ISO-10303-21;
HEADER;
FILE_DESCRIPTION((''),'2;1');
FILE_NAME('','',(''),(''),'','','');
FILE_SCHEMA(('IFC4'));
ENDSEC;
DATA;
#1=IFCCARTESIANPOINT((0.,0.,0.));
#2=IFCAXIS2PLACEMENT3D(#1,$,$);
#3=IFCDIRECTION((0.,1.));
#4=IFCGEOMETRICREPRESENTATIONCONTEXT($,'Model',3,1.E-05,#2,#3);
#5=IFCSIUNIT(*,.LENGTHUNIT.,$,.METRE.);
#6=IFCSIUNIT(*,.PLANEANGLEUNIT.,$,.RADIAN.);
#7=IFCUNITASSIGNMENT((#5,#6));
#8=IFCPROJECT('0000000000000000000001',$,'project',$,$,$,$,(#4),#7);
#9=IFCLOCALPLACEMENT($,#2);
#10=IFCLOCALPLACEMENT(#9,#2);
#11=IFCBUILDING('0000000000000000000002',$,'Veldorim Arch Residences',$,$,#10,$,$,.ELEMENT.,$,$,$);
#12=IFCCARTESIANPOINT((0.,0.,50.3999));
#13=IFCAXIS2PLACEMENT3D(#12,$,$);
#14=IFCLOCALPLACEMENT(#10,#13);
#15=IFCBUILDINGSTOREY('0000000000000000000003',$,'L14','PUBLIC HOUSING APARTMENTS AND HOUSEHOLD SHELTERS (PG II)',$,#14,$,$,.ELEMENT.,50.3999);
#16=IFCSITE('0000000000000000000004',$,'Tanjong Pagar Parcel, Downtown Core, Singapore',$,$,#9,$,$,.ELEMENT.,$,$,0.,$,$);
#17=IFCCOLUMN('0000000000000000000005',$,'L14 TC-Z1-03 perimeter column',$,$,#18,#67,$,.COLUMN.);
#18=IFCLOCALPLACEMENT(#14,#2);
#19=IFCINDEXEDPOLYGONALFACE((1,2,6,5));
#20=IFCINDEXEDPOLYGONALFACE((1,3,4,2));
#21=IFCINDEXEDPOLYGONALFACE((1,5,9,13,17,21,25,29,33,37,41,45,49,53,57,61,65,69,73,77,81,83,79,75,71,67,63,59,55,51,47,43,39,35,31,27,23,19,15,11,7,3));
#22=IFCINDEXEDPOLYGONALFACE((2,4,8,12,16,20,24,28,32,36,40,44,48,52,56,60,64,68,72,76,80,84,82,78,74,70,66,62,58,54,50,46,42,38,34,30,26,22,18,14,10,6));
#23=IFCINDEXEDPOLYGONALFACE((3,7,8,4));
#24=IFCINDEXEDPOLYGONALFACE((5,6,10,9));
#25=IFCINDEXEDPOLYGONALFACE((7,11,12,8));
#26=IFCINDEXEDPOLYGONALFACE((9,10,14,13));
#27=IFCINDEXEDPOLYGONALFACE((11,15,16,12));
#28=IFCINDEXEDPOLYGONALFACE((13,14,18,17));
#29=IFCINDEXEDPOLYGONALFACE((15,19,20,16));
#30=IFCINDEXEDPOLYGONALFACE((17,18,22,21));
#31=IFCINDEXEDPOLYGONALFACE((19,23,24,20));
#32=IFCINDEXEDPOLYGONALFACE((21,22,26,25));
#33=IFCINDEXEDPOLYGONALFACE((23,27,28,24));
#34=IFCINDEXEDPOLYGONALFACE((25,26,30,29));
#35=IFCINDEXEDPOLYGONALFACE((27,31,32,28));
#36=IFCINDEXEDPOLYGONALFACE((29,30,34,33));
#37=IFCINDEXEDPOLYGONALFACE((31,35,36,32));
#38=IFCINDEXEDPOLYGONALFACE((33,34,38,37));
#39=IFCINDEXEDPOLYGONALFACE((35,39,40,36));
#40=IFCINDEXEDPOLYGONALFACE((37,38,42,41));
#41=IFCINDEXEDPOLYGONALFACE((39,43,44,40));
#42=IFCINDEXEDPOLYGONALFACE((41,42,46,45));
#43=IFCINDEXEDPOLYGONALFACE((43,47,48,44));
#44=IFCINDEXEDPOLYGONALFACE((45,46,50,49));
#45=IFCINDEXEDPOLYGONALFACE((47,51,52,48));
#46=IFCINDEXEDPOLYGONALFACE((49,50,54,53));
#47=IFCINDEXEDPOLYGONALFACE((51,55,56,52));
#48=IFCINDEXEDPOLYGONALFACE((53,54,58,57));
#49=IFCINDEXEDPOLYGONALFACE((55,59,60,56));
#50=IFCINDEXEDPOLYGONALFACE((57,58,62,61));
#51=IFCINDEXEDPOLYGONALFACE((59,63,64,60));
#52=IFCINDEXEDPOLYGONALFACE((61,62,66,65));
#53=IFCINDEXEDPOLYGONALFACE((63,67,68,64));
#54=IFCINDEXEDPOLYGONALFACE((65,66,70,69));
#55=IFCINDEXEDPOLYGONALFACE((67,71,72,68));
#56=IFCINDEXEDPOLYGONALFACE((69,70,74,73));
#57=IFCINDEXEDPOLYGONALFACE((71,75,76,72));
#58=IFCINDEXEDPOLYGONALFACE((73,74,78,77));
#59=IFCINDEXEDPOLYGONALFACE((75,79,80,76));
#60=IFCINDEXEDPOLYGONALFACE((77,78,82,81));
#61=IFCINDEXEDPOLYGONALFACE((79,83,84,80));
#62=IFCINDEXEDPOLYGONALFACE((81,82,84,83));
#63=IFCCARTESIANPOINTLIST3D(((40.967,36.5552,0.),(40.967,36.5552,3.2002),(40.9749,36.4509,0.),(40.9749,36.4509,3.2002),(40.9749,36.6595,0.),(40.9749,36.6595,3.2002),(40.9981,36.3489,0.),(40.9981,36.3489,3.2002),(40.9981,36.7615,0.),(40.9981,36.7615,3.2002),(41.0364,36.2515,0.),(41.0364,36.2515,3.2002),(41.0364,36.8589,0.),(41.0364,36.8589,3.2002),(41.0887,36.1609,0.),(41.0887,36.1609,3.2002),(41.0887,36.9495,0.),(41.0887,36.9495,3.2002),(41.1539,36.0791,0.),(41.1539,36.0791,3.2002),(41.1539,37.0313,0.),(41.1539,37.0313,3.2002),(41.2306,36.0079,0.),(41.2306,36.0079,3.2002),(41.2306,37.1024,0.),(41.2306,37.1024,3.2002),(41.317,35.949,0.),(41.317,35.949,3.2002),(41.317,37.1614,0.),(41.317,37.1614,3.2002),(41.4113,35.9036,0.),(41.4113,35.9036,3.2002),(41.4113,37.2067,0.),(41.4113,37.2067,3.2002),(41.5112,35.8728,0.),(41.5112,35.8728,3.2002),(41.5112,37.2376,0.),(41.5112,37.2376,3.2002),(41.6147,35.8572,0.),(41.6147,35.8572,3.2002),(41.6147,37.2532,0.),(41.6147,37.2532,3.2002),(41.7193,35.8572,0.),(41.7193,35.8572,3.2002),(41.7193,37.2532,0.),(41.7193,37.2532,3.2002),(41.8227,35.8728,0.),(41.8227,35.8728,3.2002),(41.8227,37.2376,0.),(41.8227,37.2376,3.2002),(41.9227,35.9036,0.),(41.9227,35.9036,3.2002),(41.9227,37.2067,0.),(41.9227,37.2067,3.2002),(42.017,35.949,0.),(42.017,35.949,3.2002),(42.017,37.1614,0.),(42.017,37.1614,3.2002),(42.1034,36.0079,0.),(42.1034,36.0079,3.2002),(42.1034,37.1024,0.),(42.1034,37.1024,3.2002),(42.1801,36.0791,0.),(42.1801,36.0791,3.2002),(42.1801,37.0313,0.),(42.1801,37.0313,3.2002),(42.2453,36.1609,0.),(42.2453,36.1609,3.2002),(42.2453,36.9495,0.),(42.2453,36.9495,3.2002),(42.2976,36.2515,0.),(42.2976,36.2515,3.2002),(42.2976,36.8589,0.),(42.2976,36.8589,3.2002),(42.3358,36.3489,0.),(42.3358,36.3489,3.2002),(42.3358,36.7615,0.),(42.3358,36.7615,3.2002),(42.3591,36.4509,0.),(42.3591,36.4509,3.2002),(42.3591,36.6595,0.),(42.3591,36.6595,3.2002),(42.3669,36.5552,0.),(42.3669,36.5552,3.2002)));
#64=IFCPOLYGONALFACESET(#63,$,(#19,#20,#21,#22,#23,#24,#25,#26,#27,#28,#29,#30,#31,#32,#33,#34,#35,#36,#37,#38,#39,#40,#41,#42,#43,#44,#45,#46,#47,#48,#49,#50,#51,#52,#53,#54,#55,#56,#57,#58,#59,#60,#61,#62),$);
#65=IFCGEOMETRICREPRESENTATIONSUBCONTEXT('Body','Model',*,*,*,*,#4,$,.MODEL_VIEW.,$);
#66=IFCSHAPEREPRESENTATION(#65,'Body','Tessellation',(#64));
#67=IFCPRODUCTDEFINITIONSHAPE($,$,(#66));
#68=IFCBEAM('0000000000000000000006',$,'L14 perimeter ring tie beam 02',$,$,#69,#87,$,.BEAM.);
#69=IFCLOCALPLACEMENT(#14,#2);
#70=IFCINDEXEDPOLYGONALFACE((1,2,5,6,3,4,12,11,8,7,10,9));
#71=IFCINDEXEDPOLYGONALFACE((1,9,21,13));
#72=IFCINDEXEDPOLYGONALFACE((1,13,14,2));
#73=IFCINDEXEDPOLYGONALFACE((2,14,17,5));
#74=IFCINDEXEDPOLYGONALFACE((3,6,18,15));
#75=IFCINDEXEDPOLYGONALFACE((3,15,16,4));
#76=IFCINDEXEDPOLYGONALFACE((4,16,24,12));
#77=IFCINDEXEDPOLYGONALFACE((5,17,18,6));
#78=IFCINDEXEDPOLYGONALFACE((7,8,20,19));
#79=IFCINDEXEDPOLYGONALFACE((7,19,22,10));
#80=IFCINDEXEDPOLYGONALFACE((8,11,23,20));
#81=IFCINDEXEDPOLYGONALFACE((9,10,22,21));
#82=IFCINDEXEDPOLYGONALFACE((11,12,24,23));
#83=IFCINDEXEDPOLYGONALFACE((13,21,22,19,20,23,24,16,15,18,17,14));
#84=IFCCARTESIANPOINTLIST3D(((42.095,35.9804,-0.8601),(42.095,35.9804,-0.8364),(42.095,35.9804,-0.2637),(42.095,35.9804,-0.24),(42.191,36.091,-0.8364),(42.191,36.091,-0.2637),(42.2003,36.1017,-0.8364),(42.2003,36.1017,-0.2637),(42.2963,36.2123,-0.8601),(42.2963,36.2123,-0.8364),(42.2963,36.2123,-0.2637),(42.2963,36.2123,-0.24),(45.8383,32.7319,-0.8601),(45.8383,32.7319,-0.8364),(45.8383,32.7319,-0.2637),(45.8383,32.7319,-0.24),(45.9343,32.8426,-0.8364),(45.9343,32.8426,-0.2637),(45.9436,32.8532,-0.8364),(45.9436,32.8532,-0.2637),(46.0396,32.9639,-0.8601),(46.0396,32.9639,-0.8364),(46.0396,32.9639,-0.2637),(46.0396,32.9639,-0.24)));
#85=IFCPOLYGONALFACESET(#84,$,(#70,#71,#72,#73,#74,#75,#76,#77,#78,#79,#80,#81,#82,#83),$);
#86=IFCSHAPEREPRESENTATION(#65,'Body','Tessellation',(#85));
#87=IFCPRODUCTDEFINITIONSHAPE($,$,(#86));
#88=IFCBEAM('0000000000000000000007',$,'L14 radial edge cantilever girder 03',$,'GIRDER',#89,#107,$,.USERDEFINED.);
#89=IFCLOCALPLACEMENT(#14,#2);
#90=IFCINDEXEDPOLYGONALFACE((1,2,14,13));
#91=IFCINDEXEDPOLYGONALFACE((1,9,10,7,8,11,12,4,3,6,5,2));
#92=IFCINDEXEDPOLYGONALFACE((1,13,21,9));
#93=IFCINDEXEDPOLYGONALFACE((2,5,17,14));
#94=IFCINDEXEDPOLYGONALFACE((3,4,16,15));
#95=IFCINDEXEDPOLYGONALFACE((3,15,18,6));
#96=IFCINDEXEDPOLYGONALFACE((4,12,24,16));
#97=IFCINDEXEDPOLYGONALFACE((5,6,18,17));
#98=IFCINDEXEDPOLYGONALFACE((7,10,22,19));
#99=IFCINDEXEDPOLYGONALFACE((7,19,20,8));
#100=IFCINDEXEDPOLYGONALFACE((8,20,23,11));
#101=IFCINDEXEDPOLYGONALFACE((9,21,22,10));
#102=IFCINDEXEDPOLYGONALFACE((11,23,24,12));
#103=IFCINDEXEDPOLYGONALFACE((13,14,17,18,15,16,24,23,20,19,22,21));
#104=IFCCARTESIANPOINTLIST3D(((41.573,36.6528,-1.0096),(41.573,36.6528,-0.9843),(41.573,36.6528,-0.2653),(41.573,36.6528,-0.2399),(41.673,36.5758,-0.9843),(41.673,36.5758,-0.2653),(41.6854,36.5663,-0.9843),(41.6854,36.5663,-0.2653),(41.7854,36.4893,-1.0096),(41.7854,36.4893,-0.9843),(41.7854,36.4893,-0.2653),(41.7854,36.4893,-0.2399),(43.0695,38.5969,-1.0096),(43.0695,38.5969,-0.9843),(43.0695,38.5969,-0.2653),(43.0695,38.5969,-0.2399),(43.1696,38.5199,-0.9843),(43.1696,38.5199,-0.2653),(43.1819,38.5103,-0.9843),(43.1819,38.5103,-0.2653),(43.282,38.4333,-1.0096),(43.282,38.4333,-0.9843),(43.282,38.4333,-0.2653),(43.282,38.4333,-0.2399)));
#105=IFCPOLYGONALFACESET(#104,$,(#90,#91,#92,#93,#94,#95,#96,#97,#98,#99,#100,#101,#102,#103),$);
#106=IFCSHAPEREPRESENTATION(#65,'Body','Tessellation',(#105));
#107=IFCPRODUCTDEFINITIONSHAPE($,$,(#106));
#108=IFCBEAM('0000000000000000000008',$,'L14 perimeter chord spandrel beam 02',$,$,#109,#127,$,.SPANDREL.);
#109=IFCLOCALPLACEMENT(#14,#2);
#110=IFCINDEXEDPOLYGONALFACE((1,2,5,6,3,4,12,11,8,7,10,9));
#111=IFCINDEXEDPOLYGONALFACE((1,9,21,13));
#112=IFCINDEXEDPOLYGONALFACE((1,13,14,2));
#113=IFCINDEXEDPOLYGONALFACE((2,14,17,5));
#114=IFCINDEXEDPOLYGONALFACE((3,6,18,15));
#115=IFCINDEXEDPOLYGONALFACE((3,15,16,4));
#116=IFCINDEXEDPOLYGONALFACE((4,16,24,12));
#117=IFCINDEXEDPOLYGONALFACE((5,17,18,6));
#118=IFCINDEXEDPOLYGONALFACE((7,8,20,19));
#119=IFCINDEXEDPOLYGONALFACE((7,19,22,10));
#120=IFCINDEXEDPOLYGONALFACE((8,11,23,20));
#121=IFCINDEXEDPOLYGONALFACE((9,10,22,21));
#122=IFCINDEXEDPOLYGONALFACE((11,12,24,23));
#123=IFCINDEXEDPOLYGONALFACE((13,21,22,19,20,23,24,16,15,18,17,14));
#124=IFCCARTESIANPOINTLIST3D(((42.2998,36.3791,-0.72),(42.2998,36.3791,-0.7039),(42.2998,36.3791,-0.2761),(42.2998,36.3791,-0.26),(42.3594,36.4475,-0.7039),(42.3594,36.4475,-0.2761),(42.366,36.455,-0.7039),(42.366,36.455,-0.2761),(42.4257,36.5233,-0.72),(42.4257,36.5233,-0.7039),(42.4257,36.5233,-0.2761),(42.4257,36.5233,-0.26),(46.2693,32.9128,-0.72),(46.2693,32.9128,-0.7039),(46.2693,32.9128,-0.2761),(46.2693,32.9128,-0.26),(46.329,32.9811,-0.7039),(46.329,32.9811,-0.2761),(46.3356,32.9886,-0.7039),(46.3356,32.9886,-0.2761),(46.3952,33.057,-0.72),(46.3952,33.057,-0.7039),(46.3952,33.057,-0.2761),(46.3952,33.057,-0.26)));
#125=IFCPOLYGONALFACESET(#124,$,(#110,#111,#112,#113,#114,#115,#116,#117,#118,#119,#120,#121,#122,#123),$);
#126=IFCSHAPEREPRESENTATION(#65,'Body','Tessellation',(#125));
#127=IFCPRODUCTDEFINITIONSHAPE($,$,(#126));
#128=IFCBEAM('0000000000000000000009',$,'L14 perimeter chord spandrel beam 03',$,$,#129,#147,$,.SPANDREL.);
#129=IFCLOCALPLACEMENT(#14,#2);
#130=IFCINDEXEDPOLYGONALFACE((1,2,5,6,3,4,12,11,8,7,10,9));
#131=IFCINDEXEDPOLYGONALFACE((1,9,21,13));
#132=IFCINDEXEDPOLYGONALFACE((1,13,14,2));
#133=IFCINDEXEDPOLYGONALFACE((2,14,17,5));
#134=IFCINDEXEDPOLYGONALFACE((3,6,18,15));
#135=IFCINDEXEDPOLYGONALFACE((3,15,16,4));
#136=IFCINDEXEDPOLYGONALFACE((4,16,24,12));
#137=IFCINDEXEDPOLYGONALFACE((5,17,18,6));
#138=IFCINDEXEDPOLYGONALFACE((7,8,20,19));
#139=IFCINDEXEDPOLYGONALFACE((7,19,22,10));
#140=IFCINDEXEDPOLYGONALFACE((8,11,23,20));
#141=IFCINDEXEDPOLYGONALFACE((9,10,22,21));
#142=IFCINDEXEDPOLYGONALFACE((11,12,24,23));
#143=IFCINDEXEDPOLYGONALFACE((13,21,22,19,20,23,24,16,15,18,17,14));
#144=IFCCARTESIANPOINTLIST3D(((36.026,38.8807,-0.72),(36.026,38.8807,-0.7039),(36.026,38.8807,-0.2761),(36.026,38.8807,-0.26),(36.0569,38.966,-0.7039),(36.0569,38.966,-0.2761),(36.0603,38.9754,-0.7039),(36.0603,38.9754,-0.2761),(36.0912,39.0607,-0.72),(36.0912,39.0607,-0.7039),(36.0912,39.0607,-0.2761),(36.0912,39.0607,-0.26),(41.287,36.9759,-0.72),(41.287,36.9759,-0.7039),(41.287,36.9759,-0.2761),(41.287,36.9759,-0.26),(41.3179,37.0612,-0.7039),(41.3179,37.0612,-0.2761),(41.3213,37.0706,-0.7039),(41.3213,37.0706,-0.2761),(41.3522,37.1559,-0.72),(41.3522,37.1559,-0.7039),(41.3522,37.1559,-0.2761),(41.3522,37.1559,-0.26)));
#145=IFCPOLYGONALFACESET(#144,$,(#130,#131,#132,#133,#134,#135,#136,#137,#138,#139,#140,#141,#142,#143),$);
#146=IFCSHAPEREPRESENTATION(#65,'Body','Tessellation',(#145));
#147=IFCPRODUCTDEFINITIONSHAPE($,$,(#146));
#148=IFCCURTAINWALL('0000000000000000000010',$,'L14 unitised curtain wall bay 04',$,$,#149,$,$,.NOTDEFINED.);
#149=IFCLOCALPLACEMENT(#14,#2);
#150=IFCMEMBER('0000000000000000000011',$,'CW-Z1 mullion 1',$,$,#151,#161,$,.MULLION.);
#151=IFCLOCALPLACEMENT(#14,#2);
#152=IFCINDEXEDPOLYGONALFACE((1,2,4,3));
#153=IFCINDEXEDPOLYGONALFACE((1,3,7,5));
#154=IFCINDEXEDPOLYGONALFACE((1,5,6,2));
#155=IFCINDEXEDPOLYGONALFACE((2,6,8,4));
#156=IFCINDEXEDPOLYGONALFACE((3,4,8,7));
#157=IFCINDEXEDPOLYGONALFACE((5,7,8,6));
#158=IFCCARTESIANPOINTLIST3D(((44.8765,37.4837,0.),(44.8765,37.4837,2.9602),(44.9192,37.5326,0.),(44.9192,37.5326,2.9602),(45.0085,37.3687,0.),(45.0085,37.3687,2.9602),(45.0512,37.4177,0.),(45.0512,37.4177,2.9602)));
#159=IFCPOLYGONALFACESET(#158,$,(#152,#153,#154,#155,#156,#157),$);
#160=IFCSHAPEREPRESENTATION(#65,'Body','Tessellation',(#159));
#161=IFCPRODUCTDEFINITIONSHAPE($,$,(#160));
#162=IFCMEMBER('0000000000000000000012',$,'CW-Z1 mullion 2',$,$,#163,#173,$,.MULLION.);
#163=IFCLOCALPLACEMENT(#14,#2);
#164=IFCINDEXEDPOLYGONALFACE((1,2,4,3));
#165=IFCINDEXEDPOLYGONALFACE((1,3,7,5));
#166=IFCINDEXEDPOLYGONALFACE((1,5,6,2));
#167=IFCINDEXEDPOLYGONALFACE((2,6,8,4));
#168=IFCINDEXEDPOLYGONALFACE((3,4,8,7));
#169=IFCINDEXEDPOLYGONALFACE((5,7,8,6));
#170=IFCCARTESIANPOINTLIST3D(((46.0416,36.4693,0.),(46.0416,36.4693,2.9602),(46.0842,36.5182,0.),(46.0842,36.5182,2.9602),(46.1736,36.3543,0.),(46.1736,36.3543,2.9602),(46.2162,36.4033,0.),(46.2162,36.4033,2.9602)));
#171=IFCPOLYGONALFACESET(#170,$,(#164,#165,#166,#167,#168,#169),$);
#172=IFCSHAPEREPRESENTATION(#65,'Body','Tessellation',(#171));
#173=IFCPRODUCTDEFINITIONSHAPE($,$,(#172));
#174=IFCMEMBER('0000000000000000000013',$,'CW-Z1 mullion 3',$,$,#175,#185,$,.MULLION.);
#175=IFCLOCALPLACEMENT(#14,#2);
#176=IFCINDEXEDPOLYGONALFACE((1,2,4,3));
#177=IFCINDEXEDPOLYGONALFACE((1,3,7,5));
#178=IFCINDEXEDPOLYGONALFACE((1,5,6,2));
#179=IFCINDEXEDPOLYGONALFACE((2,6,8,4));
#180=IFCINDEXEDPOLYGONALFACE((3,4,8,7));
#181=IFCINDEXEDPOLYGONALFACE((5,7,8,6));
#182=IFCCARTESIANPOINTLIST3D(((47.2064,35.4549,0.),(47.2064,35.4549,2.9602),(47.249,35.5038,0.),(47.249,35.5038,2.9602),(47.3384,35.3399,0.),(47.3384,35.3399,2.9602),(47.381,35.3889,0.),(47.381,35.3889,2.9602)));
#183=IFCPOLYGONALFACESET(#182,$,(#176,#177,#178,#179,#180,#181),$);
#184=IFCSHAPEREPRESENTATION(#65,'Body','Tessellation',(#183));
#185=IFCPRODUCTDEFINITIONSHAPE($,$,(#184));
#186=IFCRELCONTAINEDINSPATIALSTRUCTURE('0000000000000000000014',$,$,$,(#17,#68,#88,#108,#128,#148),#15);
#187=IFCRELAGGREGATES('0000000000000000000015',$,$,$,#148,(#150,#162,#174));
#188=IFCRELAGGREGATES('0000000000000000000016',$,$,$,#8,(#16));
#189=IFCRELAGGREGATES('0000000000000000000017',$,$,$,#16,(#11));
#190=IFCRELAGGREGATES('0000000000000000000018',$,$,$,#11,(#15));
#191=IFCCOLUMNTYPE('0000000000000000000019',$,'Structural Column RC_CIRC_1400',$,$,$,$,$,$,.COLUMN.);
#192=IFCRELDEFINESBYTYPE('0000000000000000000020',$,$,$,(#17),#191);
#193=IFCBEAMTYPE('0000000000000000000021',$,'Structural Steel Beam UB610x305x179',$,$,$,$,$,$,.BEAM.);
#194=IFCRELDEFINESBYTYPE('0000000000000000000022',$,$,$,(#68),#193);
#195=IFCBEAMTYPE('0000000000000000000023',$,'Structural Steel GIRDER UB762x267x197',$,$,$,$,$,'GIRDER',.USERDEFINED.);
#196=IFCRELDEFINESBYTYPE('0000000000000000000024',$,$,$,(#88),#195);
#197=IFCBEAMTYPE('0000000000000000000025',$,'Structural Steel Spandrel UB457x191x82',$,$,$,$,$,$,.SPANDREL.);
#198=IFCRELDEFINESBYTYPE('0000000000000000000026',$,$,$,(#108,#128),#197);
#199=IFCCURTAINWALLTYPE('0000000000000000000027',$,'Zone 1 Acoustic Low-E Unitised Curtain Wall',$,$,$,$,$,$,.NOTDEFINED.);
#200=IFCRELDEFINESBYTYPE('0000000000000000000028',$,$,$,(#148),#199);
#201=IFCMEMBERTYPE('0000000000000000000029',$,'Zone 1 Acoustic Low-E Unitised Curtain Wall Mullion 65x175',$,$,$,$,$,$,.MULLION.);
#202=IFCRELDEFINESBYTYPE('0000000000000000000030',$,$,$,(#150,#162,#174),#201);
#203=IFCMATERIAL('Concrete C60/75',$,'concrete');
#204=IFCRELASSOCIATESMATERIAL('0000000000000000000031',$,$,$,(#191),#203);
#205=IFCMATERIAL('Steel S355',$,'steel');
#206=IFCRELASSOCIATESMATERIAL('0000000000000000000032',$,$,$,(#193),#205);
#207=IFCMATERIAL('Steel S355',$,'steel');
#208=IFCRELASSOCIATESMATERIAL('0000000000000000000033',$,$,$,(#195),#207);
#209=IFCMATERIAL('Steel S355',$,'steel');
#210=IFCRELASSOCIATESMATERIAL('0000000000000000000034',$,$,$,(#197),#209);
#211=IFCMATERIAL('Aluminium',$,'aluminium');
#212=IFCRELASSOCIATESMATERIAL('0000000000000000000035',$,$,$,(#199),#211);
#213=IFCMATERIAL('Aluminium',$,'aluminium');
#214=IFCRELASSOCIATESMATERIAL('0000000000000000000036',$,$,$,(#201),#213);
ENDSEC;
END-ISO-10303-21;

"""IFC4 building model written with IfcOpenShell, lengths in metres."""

from ifc_helpers import new_model, si_unit, direction, frame, origin, origin_2d, place, context, subcontext, project, spatial, rectangle, circle, i_section, extrude, material, material_profile, profile_set, type_object, element, aggregate, save


model = new_model("IFC4")

# Units and contexts
model_context = context("Model", 3, precision=1e-05, world=origin(), true_north=direction((0.0, 1.0)))
body_context = subcontext(model_context, "Body", "Model", "MODEL_VIEW")
ifc_project = project(units=[si_unit("LENGTHUNIT", "METRE"), si_unit("PLANEANGLEUNIT", "RADIAN")], contexts=[model_context])

# Site, building, storey
site_placement = place(None, origin())
site = spatial("IfcSite", under=ifc_project, at=site_placement, Name="Tanjong Pagar Parcel, Downtown Core, Singapore", CompositionType="ELEMENT", RefElevation=0.0)
building_placement = place(site_placement, origin())
building = spatial("IfcBuilding", under=site, at=building_placement, Name="Veldorim Arch Residences", CompositionType="ELEMENT")
storey_placement = place(building_placement, frame((0.0, 0.0, 50.3999)))
storey = spatial("IfcBuildingStorey", under=building, at=storey_placement, Name="L14", Description="PUBLIC HOUSING APARTMENTS AND HOUSEHOLD SHELTERS (PG II)", CompositionType="ELEMENT", Elevation=50.3999)

# Column
ifc_material_1 = material(Name="Concrete C60/75", Category="concrete")
ifc_material_profile_1 = material_profile(ifc_material_1, circle(Radius=0.7, at=origin_2d()), Name="RC_CIRC_1400")
ifc_profile_set_1 = profile_set([ifc_material_profile_1], Name="Concrete C60/75")
column_type = type_object("IfcColumnType", Name="Structural Column RC_CIRC_1400", PredefinedType="COLUMN", material=ifc_profile_set_1)
column_placement = place(storey_placement, frame((41.667, 36.5552, 0.0), z_axis=(0.0, 0.0, 1.0), x_axis=(1.0, 0.0, 0.0)))
element("IfcColumn", 1, at=column_placement, inside=storey, type_object=column_type, Name="L14 TC-Z1-03 perimeter column", PredefinedType="COLUMN", context=body_context, shape_type="SweptSolid", body=[
    extrude(circle(Radius=0.7, at=origin_2d()), origin(), (0.0, 0.0, 1.0), 3.2002),
])

# Beams
ifc_material_2 = material(Name="Steel S355", Category="steel")
ifc_material_profile_2 = material_profile(ifc_material_2, i_section(OverallWidth=0.3071, OverallDepth=0.6201, WebThickness=0.0142, FlangeThickness=0.0237, at=origin_2d()), Name="UB610x305x179")
ifc_profile_set_2 = profile_set([ifc_material_profile_2], Name="Steel S355")
beam_type_1 = type_object("IfcBeamType", Name="Structural Steel Beam UB610x305x179", PredefinedType="BEAM", material=ifc_profile_set_2)
beam_1_placement = place(storey_placement, frame((45.939, 32.8479, -0.55), z_axis=(-0.755265, 0.65542, 0.0), x_axis=(-0.65542, -0.755265, 0.0)))
element("IfcBeam", 2, at=beam_1_placement, inside=storey, type_object=beam_type_1, Name="L14 perimeter ring tie beam 02", PredefinedType="BEAM", context=body_context, shape_type="SweptSolid", body=[
    extrude(i_section(OverallWidth=0.3071, OverallDepth=0.6201, WebThickness=0.0142, FlangeThickness=0.0237, at=origin_2d()), origin(), (0.0, 0.0, 1.0), 4.9563),
])
ifc_material_3 = material(Name="Steel S355", Category="steel")
ifc_material_profile_3 = material_profile(ifc_material_3, i_section(OverallWidth=0.2681, OverallDepth=0.7698, WebThickness=0.0156, FlangeThickness=0.0254, at=origin_2d()), Name="UB762x267x197")
ifc_profile_set_3 = profile_set([ifc_material_profile_3], Name="Steel S355")
beam_type_2 = type_object("IfcBeamType", Name="Structural Steel GIRDER UB762x267x197", ElementType="GIRDER", PredefinedType="USERDEFINED", material=ifc_profile_set_3)
beam_2_placement = place(storey_placement, frame((41.6792, 36.571, -0.6248), z_axis=(0.609999, 0.792402, 0.0), x_axis=(-0.792402, 0.609999, 0.0)))
element("IfcBeam", 3, at=beam_2_placement, inside=storey, type_object=beam_type_2, Name="L14 radial edge cantilever girder 03", ObjectType="GIRDER", PredefinedType="USERDEFINED", context=body_context, shape_type="SweptSolid", body=[
    extrude(i_section(OverallWidth=0.2681, OverallDepth=0.7698, WebThickness=0.0156, FlangeThickness=0.0254, at=origin_2d()), origin(), (0.0, 0.0, 1.0), 2.4534),
])
ifc_material_4 = material(Name="Steel S355", Category="steel")
ifc_material_profile_4 = material_profile(ifc_material_4, i_section(OverallWidth=0.1914, OverallDepth=0.46, WebThickness=0.01, FlangeThickness=0.0161, at=origin_2d()), Name="UB457x191x82")
ifc_profile_set_4 = profile_set([ifc_material_profile_4], Name="Steel S355")
beam_type_3 = type_object("IfcBeamType", Name="Structural Steel Spandrel UB457x191x82", PredefinedType="SPANDREL", material=ifc_profile_set_4)
beam_3_placement = place(storey_placement, frame((46.3323, 32.9849, -0.49), z_axis=(-0.753234, 0.657753, 0.0), x_axis=(-0.657753, -0.753234, 0.0)))
element("IfcBeam", 4, at=beam_3_placement, inside=storey, type_object=beam_type_3, Name="L14 perimeter chord spandrel beam 02", PredefinedType="SPANDREL", context=body_context, shape_type="SweptSolid", body=[
    extrude(i_section(OverallWidth=0.1914, OverallDepth=0.46, WebThickness=0.01, FlangeThickness=0.0161, at=origin_2d()), origin(), (0.0, 0.0, 1.0), 5.27),
])
beam_4_placement = place(storey_placement, frame((41.3196, 37.0659, -0.49), z_axis=(-0.940269, 0.340432, 0.0), x_axis=(-0.340432, -0.940269, 0.0)))
element("IfcBeam", 5, at=beam_4_placement, inside=storey, type_object=beam_type_3, Name="L14 perimeter chord spandrel beam 03", PredefinedType="SPANDREL", context=body_context, shape_type="SweptSolid", body=[
    extrude(i_section(OverallWidth=0.1914, OverallDepth=0.46, WebThickness=0.01, FlangeThickness=0.0161, at=origin_2d()), origin(), (0.0, 0.0, 1.0), 5.5952),
])

# Curtain wall, members
ifc_material_5 = material(Name="Aluminium", Category="aluminium")
curtain_wall_type = type_object("IfcCurtainWallType", Name="Zone 1 Acoustic Low-E Unitised Curtain Wall", PredefinedType="NOTDEFINED", material=ifc_material_5)
curtain_wall_placement = place(storey_placement, origin())
curtain_wall = element("IfcCurtainWall", 6, at=curtain_wall_placement, inside=storey, type_object=curtain_wall_type, Name="L14 unitised curtain wall bay 04", PredefinedType="NOTDEFINED")
ifc_material_6 = material(Name="Aluminium", Category="aluminium")
ifc_material_profile_5 = material_profile(ifc_material_6, rectangle(XDim=0.0649, YDim=0.175, at=origin_2d()), Name="ALU_MUL_65x175")
ifc_profile_set_5 = profile_set([ifc_material_profile_5], Name="Aluminium")
member_type_1 = type_object("IfcMemberType", Name="Zone 1 Acoustic Low-E Unitised Curtain Wall Mullion 65x175", PredefinedType="MULLION", material=ifc_profile_set_5)
member_1_placement = place(storey_placement, frame((44.9639, 37.4507, 0.0), z_axis=(0.0, 0.0, 1.0), x_axis=(0.656719, 0.754136, 0.0)))
member_1 = element("IfcMember", 7, at=member_1_placement, type_object=member_type_1, Name="CW-Z1 mullion 1", PredefinedType="MULLION", context=body_context, shape_type="SweptSolid", body=[
    extrude(rectangle(XDim=0.0649, YDim=0.175, at=origin_2d()), origin(), (0.0, 0.0, 1.0), 2.9602),
])
member_2_placement = place(storey_placement, frame((46.1289, 36.4363, 0.0), z_axis=(0.0, 0.0, 1.0), x_axis=(0.656719, 0.754136, 0.0)))
member_2 = element("IfcMember", 8, at=member_2_placement, type_object=member_type_1, Name="CW-Z1 mullion 2", PredefinedType="MULLION", context=body_context, shape_type="SweptSolid", body=[
    extrude(rectangle(XDim=0.0649, YDim=0.175, at=origin_2d()), origin(), (0.0, 0.0, 1.0), 2.9602),
])
member_3_placement = place(storey_placement, frame((47.2937, 35.4219, 0.0), z_axis=(0.0, 0.0, 1.0), x_axis=(0.656719, 0.754136, 0.0)))
member_3 = element("IfcMember", 9, at=member_3_placement, type_object=member_type_1, Name="CW-Z1 mullion 3", PredefinedType="MULLION", context=body_context, shape_type="SweptSolid", body=[
    extrude(rectangle(XDim=0.0649, YDim=0.175, at=origin_2d()), origin(), (0.0, 0.0, 1.0), 2.9602),
])
aggregate(curtain_wall, [member_1, member_2, member_3])

save(model, "model.ifc")
